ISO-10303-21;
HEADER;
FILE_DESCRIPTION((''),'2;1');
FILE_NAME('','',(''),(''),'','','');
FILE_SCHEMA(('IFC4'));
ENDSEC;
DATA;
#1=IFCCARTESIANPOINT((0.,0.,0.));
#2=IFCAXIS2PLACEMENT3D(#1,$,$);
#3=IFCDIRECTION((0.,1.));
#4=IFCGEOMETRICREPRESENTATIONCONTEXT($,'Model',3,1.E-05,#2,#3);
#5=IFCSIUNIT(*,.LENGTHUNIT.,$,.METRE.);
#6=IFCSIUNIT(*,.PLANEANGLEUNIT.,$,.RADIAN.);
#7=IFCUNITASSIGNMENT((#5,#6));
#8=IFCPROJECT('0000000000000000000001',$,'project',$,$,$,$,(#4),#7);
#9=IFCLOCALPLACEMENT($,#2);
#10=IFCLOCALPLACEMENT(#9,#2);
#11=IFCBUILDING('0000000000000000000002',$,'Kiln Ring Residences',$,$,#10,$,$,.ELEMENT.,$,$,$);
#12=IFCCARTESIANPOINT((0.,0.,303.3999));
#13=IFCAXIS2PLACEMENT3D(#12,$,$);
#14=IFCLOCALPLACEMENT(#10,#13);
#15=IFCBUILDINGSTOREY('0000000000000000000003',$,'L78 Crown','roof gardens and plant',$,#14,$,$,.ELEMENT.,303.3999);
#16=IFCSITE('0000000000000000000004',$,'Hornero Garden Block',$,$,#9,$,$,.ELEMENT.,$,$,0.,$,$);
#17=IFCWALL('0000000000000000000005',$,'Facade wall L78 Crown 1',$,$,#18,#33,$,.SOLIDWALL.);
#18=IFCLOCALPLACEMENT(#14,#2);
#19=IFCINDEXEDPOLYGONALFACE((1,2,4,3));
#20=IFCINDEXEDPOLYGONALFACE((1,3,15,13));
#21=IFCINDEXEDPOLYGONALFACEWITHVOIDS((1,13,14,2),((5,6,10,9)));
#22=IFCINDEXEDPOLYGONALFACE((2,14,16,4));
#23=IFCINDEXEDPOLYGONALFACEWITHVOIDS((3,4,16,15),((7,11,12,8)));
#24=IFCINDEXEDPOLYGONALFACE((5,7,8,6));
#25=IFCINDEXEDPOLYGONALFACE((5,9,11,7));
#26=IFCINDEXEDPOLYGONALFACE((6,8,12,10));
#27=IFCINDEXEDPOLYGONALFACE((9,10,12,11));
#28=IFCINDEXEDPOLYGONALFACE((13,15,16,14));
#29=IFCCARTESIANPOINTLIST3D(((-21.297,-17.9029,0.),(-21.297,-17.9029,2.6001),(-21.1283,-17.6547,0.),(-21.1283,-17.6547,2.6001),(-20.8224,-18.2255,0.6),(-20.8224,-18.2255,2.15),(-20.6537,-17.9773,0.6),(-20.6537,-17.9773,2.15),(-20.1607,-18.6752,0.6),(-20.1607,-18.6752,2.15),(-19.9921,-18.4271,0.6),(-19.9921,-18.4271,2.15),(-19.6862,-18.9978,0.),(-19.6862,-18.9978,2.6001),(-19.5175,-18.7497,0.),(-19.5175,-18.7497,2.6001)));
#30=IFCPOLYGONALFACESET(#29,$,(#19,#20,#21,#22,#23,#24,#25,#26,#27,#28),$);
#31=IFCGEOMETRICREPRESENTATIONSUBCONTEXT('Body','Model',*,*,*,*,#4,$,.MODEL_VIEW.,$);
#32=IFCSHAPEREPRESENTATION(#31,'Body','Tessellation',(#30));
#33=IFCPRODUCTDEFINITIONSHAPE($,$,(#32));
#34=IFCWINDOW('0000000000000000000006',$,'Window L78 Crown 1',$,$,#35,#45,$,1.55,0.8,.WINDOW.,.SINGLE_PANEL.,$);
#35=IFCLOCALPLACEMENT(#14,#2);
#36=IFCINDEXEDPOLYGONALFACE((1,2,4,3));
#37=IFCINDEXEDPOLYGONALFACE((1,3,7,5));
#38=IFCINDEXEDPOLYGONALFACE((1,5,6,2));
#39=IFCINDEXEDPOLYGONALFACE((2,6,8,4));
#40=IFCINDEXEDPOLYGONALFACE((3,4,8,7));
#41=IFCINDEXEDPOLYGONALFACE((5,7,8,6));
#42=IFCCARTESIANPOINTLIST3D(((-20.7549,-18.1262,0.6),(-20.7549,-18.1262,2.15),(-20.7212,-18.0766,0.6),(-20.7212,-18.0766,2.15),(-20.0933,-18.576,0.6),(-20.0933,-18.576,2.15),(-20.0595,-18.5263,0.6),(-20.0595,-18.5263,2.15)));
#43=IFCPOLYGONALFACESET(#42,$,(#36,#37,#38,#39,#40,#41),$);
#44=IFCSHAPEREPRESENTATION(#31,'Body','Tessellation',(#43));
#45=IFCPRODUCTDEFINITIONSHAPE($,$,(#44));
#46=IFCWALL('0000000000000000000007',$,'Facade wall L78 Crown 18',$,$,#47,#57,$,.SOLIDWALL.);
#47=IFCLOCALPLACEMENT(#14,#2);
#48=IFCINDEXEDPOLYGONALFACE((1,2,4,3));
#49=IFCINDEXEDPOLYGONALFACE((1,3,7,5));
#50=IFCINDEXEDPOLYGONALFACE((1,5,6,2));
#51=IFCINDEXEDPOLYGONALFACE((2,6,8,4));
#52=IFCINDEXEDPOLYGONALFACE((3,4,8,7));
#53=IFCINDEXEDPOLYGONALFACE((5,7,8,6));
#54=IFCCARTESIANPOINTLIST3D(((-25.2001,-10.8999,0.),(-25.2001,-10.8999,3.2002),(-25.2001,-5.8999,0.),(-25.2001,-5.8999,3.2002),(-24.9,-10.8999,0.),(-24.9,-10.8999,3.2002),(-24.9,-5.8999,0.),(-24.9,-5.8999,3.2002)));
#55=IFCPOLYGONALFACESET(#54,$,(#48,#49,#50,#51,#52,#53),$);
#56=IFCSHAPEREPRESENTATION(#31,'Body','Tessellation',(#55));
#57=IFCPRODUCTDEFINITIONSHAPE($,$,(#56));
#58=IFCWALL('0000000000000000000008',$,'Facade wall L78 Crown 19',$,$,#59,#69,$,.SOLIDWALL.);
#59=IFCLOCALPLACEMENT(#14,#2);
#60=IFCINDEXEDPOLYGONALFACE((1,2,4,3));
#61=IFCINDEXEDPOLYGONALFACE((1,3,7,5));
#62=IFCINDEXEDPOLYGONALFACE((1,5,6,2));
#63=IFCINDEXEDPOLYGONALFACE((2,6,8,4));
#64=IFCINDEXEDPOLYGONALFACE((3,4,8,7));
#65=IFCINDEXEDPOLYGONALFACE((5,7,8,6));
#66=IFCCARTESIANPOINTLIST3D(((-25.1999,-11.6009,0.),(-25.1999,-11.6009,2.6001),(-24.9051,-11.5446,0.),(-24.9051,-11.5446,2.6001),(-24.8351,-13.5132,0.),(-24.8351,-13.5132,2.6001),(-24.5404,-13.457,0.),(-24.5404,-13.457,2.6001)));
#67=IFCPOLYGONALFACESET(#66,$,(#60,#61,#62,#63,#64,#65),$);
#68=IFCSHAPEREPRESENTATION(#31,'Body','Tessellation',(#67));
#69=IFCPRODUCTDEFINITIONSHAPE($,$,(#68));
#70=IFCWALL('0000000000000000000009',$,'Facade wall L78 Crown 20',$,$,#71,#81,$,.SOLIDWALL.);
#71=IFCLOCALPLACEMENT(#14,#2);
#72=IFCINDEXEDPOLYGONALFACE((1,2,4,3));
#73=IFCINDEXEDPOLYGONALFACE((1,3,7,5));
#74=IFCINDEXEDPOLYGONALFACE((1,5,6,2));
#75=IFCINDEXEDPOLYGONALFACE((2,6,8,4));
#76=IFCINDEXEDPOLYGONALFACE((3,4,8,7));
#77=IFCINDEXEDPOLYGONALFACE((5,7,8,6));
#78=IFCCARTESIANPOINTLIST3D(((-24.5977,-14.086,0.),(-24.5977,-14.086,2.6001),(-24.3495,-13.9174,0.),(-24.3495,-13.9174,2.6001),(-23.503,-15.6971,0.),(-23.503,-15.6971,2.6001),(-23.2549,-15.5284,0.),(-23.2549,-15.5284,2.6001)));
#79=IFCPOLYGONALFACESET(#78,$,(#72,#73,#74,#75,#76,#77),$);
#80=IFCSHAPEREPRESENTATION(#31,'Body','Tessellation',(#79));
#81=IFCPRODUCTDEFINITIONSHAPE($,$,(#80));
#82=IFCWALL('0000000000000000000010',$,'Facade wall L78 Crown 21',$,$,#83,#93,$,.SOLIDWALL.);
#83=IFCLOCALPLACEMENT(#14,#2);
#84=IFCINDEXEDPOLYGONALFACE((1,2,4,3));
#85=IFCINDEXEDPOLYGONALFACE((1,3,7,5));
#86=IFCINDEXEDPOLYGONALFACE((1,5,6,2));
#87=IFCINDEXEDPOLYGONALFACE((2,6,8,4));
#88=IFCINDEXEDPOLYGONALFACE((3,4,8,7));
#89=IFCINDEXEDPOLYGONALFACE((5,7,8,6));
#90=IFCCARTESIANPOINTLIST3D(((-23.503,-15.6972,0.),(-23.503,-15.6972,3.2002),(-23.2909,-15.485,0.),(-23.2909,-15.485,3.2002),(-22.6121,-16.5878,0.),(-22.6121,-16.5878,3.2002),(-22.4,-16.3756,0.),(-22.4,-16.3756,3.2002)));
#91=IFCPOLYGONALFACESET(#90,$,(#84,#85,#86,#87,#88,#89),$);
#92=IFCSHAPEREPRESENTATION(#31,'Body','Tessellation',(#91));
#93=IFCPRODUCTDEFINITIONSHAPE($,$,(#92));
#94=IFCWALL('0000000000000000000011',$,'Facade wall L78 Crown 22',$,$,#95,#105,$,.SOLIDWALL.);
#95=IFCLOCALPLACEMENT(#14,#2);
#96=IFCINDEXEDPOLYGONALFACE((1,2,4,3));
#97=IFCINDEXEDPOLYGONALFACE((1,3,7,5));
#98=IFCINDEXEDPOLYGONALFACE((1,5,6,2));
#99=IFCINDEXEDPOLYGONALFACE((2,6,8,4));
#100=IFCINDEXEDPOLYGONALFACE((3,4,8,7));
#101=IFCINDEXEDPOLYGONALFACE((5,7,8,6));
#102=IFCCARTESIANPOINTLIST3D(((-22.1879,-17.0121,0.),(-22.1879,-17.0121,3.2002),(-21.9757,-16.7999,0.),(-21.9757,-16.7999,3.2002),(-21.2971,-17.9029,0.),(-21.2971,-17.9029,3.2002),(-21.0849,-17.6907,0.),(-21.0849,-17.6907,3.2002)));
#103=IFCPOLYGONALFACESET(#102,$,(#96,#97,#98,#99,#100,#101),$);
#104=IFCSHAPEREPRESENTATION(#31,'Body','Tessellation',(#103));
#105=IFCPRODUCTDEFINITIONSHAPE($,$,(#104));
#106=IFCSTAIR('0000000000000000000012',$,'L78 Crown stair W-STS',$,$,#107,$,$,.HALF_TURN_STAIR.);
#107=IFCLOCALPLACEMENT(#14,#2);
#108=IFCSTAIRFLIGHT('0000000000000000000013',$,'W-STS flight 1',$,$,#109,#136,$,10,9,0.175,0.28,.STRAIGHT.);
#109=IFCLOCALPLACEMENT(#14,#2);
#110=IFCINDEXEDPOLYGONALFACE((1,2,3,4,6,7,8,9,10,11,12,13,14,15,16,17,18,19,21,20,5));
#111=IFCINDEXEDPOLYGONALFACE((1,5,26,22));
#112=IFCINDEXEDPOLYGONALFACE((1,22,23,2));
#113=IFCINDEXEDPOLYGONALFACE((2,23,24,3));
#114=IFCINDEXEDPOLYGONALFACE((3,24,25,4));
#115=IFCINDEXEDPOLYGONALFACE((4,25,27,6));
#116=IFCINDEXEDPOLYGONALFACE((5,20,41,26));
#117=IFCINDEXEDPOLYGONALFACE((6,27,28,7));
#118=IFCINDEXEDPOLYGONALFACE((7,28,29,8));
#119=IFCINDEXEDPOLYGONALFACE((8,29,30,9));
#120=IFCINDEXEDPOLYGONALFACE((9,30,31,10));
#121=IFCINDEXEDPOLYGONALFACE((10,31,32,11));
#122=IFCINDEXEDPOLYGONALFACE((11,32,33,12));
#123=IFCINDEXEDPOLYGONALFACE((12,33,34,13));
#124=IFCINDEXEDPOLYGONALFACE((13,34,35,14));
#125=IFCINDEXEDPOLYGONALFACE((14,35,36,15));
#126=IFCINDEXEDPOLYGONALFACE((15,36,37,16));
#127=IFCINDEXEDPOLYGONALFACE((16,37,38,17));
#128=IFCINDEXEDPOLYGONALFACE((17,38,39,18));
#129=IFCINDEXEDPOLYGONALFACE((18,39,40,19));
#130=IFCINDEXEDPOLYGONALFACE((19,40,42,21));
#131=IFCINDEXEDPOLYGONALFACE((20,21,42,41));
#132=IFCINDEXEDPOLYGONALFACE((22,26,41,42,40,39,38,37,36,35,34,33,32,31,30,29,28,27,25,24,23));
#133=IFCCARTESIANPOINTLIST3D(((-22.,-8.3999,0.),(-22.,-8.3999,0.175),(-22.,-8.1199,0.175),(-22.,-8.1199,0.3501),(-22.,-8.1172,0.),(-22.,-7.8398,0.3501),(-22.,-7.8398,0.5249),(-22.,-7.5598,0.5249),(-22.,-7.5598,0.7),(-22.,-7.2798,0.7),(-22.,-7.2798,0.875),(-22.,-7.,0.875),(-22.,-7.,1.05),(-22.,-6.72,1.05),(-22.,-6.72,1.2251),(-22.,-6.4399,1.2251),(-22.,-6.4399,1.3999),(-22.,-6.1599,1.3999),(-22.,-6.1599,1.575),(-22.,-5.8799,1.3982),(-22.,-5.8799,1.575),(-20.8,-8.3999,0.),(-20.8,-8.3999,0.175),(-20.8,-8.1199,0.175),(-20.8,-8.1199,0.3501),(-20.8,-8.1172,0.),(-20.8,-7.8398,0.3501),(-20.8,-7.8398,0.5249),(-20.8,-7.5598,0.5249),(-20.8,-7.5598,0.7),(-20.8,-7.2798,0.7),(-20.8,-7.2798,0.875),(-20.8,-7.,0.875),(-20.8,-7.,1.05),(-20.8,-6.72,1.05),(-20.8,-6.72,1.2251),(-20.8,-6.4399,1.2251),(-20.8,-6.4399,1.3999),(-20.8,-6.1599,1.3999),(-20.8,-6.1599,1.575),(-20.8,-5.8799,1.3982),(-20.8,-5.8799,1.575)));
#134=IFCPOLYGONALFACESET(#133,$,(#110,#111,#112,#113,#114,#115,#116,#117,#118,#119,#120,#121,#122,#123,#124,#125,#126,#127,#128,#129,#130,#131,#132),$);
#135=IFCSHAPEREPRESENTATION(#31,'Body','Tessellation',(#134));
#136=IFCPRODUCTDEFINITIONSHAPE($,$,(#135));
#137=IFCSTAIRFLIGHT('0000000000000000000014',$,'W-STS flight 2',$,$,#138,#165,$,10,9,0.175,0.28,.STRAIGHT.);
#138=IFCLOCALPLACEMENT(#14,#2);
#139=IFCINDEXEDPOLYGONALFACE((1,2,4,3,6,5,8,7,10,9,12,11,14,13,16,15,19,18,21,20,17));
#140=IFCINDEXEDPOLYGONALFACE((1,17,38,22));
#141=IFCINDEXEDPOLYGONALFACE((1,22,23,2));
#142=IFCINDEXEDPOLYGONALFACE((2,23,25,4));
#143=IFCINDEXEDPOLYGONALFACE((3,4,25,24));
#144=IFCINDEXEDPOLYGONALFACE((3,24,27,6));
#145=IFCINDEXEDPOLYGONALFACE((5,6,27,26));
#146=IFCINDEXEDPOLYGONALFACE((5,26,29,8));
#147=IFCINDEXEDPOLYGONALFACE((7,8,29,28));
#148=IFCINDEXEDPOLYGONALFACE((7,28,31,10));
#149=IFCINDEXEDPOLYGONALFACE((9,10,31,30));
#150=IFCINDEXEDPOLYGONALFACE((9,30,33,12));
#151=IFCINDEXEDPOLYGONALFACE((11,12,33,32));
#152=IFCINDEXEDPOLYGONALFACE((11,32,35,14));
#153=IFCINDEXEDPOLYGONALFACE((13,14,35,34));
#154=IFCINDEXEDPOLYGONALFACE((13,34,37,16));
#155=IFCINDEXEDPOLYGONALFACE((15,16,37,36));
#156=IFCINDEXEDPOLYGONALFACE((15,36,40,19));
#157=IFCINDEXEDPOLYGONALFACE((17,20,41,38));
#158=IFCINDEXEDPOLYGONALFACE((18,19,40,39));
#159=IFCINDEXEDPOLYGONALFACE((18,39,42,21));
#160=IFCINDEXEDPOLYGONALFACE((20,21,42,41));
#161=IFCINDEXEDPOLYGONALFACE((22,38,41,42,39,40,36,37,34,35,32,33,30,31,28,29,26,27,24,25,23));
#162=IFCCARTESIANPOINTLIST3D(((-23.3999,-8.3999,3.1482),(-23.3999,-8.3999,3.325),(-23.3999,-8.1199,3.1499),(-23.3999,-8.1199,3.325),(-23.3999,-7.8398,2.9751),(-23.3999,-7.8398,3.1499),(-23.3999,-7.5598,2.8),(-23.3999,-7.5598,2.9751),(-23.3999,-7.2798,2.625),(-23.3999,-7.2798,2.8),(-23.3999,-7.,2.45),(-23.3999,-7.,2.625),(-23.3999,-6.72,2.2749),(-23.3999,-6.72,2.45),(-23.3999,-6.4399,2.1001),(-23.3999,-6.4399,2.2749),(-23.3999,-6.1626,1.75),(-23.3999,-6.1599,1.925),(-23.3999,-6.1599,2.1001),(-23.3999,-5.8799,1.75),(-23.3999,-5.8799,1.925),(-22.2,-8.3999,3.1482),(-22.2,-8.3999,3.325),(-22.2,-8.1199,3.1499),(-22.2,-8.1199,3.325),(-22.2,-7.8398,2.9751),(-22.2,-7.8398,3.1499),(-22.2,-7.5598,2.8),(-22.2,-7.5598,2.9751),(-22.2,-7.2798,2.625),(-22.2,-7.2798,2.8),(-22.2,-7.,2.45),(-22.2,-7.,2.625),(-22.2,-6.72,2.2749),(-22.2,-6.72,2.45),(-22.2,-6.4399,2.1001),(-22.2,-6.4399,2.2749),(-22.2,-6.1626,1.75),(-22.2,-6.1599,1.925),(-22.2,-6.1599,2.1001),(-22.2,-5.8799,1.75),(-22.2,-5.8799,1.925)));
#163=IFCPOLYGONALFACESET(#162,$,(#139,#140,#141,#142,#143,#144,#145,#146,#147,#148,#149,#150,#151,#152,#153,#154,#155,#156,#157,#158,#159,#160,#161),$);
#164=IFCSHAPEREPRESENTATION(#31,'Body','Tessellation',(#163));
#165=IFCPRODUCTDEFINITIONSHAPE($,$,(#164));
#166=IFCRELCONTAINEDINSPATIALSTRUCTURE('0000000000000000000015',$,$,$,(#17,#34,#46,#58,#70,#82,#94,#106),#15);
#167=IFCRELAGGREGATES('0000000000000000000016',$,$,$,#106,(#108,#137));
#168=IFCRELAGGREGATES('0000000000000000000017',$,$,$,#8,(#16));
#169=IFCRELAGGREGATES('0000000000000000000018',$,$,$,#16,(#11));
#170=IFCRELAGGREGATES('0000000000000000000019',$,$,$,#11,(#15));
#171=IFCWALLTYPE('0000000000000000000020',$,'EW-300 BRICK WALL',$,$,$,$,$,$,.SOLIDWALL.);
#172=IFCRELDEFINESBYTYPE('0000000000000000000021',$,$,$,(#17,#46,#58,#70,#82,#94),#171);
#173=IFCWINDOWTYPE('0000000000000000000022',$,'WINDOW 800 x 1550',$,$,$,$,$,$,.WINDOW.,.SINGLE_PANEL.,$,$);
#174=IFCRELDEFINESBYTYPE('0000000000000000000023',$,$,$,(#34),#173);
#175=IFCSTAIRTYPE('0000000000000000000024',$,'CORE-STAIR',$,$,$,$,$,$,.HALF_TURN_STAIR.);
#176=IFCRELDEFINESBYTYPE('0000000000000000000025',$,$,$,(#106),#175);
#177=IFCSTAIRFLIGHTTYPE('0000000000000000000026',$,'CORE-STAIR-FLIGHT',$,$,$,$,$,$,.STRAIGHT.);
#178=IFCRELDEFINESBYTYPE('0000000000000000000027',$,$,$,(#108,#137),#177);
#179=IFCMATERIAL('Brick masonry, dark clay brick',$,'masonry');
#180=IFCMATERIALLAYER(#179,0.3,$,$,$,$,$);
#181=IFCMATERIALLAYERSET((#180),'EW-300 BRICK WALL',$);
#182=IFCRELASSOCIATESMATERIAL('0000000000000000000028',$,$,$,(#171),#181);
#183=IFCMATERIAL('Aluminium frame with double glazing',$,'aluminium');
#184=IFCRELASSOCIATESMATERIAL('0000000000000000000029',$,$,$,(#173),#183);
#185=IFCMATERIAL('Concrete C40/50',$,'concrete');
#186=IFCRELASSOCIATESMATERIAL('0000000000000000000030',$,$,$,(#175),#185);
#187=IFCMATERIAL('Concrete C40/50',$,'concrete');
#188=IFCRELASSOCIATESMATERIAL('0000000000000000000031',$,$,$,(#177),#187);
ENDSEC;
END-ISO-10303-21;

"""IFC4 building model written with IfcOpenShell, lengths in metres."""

from ifc_helpers import new_model, si_unit, direction, frame, frame_2d, origin, place, context, subcontext, project, spatial, polyline, rectangle, outline, extrude, material, layer, layer_set, type_object, element, fill, aggregate, save


model = new_model("IFC4")

# Units and contexts
model_context = context("Model", 3, precision=1e-05, world=origin(), true_north=direction((0.0, 1.0)))
body_context = subcontext(model_context, "Body", "Model", "MODEL_VIEW")
ifc_project = project(units=[si_unit("LENGTHUNIT", "METRE"), si_unit("PLANEANGLEUNIT", "RADIAN")], contexts=[model_context])

# Site, building, storey
site_placement = place(None, origin())
site = spatial("IfcSite", under=ifc_project, at=site_placement, Name="Hornero Garden Block", CompositionType="ELEMENT", RefElevation=0.0)
building_placement = place(site_placement, origin())
building = spatial("IfcBuilding", under=site, at=building_placement, Name="Kiln Ring Residences", CompositionType="ELEMENT")
storey_placement = place(building_placement, frame((0.0, 0.0, 303.3999)))
storey = spatial("IfcBuildingStorey", under=building, at=storey_placement, Name="L78 Crown", Description="roof gardens and plant", CompositionType="ELEMENT", Elevation=303.3999)

# Wall, opening, window
ifc_material_1 = material(Name="Brick masonry, dark clay brick", Category="masonry")
ifc_layer_1 = layer(ifc_material_1, 0.3)
ifc_layer_set_1 = layer_set([ifc_layer_1], Name="EW-300 BRICK WALL")
wall_type_1 = type_object("IfcWallType", Name="EW-300 BRICK WALL", PredefinedType="SOLIDWALL", material=ifc_layer_set_1)
wall_1_placement = place(storey_placement, frame((-21.2126, -17.7788, 0.0), z_axis=(0.0, 0.0, 1.0), x_axis=(0.827022, -0.562169, 0.0)))
wall_1 = element("IfcWall", 1, at=wall_1_placement, inside=storey, type_object=wall_type_1, Name="Facade wall L78 Crown 1", PredefinedType="SOLIDWALL", context=body_context, shape_type="SweptSolid", body=[
    extrude(rectangle(XDim=1.9478, YDim=0.3, at=frame_2d((0.9739, 0.0))), origin(), (0.0, 0.0, 1.0), 2.6001),
])
opening_placement = place(wall_1_placement, frame((0.574, 0.0, 0.6001)))
opening = element("IfcOpeningElement", 2, at=opening_placement, cuts=wall_1, PredefinedType="OPENING", context=body_context, shape_type="SweptSolid", body=[
    extrude(rectangle(XDim=0.8, YDim=1.55, at=frame_2d((0.3999, 0.7749))), frame((0.0, 0.1599, 0.0), z_axis=(0.0, -1.0, 0.0), x_axis=(1.0, 0.0, 0.0)), (0.0, 0.0, 1.0), 0.3201),
])
ifc_material_2 = material(Name="Aluminium frame with double glazing", Category="aluminium")
window_type = type_object("IfcWindowType", Name="WINDOW 800 x 1550", PartitioningType="SINGLE_PANEL", PredefinedType="WINDOW", material=ifc_material_2)
window_placement = place(opening_placement, origin())
window = element("IfcWindow", 3, at=window_placement, inside=storey, type_object=window_type, Name="Window L78 Crown 1", OverallHeight=1.55, OverallWidth=0.8, PartitioningType="SINGLE_PANEL", PredefinedType="WINDOW", context=body_context, shape_type="SweptSolid", body=[
    extrude(rectangle(XDim=0.8, YDim=1.55, at=frame_2d((0.3999, 0.7749))), frame((0.0, 0.03, 0.0), z_axis=(0.0, -1.0, 0.0), x_axis=(1.0, 0.0, 0.0)), (0.0, 0.0, 1.0), 0.0601),
])
fill(opening, window)

# Walls
wall_2_placement = place(storey_placement, frame((-25.05, -5.8999, 0.0), z_axis=(0.0, 0.0, 1.0), x_axis=(0.0, -1.0, 0.0)))
element("IfcWall", 4, at=wall_2_placement, inside=storey, type_object=wall_type_1, Name="Facade wall L78 Crown 18", PredefinedType="SOLIDWALL", context=body_context, shape_type="SweptSolid", body=[
    extrude(rectangle(XDim=5.0, YDim=0.3, at=frame_2d((2.5, 0.0))), origin(), (0.0, 0.0, 1.0), 3.2002),
])
wall_3_placement = place(storey_placement, frame((-25.0525, -11.5728, 0.0), z_axis=(0.0, 0.0, 1.0), x_axis=(0.187354, -0.982292, 0.0)))
element("IfcWall", 5, at=wall_3_placement, inside=storey, type_object=wall_type_1, Name="Facade wall L78 Crown 19", PredefinedType="SOLIDWALL", context=body_context, shape_type="SweptSolid", body=[
    extrude(rectangle(XDim=1.9468, YDim=0.3, at=frame_2d((0.9734, 0.0))), origin(), (0.0, 0.0, 1.0), 2.6001),
])
wall_4_placement = place(storey_placement, frame((-24.4736, -14.0017, 0.0), z_axis=(0.0, 0.0, 1.0), x_axis=(0.562025, -0.82712, 0.0)))
element("IfcWall", 6, at=wall_4_placement, inside=storey, type_object=wall_type_1, Name="Facade wall L78 Crown 20", PredefinedType="SOLIDWALL", context=body_context, shape_type="SweptSolid", body=[
    extrude(rectangle(XDim=1.9478, YDim=0.3, at=frame_2d((0.9739, 0.0))), origin(), (0.0, 0.0, 1.0), 2.6001),
])
for number, where, z_axis, x_axis, name in (
    (7, (-23.397, -15.5911, 0.0), (0.0, 0.0, 1.0), (0.707204, -0.70701, 0.0), "Facade wall L78 Crown 21"),
    (8, (-22.0818, -16.906, 0.0), (0.0, 0.0, 1.0), (0.707107, -0.707107, 0.0), "Facade wall L78 Crown 22"),
):
    element("IfcWall", number, at=place(storey_placement, frame(where, z_axis=z_axis, x_axis=x_axis)), inside=storey, type_object=wall_type_1, Name=name, PredefinedType="SOLIDWALL", context=body_context, shape_type="SweptSolid", body=[
        extrude(rectangle(XDim=1.2598, YDim=0.3, at=frame_2d((0.6299, 0.0))), origin(), (0.0, 0.0, 1.0), 3.2002),
    ])

# Stair, stair flights
ifc_material_3 = material(Name="Concrete C40/50", Category="concrete")
stair_type = type_object("IfcStairType", Name="CORE-STAIR", PredefinedType="HALF_TURN_STAIR", material=ifc_material_3)
stair_placement = place(storey_placement, origin())
stair = element("IfcStair", 9, at=stair_placement, inside=storey, type_object=stair_type, Name="L78 Crown stair W-STS", PredefinedType="HALF_TURN_STAIR")
ifc_material_4 = material(Name="Concrete C40/50", Category="concrete")
stair_flight_type = type_object("IfcStairFlightType", Name="CORE-STAIR-FLIGHT", PredefinedType="STRAIGHT", material=ifc_material_4)
stair_flight_1_placement = place(storey_placement, frame((-21.3999, -8.3999, 0.0), z_axis=(0.0, 0.0, 1.0), x_axis=(0.0, 1.0, 0.0)))
stair_flight_1 = element("IfcStairFlight", 10, at=stair_flight_1_placement, type_object=stair_flight_type, Name="W-STS flight 1", NumberOfRisers=10, NumberOfTreads=9, PredefinedType="STRAIGHT", RiserHeight=0.175, TreadLength=0.28, context=body_context, shape_type="SweptSolid", body=[
    extrude(outline(polyline([(0.0, 0.0), (0.0, 0.175), (0.28, 0.175), (0.28, 0.3501), (0.5601, 0.3501), (0.5601, 0.5249), (0.8401, 0.5249), (0.8401, 0.7), (1.1201, 0.7), (1.1201, 0.875), (1.3999, 0.875), (1.3999, 1.05), (1.6799, 1.05), (1.6799, 1.2251), (1.96, 1.2251), (1.96, 1.3999), (2.24, 1.3999), (2.24, 1.575), (2.52, 1.575), (2.52, 1.75), (2.52, 1.3982), (0.2827, 0.0), (0.0, 0.0)])), frame((0.0, 0.6001, 0.0), z_axis=(0.0, -1.0, 0.0), x_axis=(1.0, 0.0, 0.0)), (0.0, 0.0, 1.0), 1.2),
])
stair_flight_2_placement = place(storey_placement, frame((-22.8, -5.8799, 1.75), z_axis=(0.0, 0.0, 1.0), x_axis=(0.0, -1.0, 0.0)))
stair_flight_2 = element("IfcStairFlight", 11, at=stair_flight_2_placement, type_object=stair_flight_type, Name="W-STS flight 2", NumberOfRisers=10, NumberOfTreads=9, PredefinedType="STRAIGHT", RiserHeight=0.175, TreadLength=0.28, context=body_context, shape_type="SweptSolid", body=[
    extrude(outline(polyline([(0.0, 0.0), (0.0, 0.175), (0.28, 0.175), (0.28, 0.3501), (0.5601, 0.3501), (0.5601, 0.5249), (0.8401, 0.5249), (0.8401, 0.7), (1.1201, 0.7), (1.1201, 0.875), (1.3999, 0.875), (1.3999, 1.05), (1.6799, 1.05), (1.6799, 1.2251), (1.96, 1.2251), (1.96, 1.3999), (2.24, 1.3999), (2.24, 1.575), (2.52, 1.575), (2.52, 1.75), (2.52, 1.3982), (0.2827, 0.0), (0.0, 0.0)])), frame((0.0, 0.6001, 0.0), z_axis=(0.0, -1.0, 0.0), x_axis=(1.0, 0.0, 0.0)), (0.0, 0.0, 1.0), 1.2),
])
aggregate(stair, [stair_flight_1, stair_flight_2])

save(model, "model.ifc")
